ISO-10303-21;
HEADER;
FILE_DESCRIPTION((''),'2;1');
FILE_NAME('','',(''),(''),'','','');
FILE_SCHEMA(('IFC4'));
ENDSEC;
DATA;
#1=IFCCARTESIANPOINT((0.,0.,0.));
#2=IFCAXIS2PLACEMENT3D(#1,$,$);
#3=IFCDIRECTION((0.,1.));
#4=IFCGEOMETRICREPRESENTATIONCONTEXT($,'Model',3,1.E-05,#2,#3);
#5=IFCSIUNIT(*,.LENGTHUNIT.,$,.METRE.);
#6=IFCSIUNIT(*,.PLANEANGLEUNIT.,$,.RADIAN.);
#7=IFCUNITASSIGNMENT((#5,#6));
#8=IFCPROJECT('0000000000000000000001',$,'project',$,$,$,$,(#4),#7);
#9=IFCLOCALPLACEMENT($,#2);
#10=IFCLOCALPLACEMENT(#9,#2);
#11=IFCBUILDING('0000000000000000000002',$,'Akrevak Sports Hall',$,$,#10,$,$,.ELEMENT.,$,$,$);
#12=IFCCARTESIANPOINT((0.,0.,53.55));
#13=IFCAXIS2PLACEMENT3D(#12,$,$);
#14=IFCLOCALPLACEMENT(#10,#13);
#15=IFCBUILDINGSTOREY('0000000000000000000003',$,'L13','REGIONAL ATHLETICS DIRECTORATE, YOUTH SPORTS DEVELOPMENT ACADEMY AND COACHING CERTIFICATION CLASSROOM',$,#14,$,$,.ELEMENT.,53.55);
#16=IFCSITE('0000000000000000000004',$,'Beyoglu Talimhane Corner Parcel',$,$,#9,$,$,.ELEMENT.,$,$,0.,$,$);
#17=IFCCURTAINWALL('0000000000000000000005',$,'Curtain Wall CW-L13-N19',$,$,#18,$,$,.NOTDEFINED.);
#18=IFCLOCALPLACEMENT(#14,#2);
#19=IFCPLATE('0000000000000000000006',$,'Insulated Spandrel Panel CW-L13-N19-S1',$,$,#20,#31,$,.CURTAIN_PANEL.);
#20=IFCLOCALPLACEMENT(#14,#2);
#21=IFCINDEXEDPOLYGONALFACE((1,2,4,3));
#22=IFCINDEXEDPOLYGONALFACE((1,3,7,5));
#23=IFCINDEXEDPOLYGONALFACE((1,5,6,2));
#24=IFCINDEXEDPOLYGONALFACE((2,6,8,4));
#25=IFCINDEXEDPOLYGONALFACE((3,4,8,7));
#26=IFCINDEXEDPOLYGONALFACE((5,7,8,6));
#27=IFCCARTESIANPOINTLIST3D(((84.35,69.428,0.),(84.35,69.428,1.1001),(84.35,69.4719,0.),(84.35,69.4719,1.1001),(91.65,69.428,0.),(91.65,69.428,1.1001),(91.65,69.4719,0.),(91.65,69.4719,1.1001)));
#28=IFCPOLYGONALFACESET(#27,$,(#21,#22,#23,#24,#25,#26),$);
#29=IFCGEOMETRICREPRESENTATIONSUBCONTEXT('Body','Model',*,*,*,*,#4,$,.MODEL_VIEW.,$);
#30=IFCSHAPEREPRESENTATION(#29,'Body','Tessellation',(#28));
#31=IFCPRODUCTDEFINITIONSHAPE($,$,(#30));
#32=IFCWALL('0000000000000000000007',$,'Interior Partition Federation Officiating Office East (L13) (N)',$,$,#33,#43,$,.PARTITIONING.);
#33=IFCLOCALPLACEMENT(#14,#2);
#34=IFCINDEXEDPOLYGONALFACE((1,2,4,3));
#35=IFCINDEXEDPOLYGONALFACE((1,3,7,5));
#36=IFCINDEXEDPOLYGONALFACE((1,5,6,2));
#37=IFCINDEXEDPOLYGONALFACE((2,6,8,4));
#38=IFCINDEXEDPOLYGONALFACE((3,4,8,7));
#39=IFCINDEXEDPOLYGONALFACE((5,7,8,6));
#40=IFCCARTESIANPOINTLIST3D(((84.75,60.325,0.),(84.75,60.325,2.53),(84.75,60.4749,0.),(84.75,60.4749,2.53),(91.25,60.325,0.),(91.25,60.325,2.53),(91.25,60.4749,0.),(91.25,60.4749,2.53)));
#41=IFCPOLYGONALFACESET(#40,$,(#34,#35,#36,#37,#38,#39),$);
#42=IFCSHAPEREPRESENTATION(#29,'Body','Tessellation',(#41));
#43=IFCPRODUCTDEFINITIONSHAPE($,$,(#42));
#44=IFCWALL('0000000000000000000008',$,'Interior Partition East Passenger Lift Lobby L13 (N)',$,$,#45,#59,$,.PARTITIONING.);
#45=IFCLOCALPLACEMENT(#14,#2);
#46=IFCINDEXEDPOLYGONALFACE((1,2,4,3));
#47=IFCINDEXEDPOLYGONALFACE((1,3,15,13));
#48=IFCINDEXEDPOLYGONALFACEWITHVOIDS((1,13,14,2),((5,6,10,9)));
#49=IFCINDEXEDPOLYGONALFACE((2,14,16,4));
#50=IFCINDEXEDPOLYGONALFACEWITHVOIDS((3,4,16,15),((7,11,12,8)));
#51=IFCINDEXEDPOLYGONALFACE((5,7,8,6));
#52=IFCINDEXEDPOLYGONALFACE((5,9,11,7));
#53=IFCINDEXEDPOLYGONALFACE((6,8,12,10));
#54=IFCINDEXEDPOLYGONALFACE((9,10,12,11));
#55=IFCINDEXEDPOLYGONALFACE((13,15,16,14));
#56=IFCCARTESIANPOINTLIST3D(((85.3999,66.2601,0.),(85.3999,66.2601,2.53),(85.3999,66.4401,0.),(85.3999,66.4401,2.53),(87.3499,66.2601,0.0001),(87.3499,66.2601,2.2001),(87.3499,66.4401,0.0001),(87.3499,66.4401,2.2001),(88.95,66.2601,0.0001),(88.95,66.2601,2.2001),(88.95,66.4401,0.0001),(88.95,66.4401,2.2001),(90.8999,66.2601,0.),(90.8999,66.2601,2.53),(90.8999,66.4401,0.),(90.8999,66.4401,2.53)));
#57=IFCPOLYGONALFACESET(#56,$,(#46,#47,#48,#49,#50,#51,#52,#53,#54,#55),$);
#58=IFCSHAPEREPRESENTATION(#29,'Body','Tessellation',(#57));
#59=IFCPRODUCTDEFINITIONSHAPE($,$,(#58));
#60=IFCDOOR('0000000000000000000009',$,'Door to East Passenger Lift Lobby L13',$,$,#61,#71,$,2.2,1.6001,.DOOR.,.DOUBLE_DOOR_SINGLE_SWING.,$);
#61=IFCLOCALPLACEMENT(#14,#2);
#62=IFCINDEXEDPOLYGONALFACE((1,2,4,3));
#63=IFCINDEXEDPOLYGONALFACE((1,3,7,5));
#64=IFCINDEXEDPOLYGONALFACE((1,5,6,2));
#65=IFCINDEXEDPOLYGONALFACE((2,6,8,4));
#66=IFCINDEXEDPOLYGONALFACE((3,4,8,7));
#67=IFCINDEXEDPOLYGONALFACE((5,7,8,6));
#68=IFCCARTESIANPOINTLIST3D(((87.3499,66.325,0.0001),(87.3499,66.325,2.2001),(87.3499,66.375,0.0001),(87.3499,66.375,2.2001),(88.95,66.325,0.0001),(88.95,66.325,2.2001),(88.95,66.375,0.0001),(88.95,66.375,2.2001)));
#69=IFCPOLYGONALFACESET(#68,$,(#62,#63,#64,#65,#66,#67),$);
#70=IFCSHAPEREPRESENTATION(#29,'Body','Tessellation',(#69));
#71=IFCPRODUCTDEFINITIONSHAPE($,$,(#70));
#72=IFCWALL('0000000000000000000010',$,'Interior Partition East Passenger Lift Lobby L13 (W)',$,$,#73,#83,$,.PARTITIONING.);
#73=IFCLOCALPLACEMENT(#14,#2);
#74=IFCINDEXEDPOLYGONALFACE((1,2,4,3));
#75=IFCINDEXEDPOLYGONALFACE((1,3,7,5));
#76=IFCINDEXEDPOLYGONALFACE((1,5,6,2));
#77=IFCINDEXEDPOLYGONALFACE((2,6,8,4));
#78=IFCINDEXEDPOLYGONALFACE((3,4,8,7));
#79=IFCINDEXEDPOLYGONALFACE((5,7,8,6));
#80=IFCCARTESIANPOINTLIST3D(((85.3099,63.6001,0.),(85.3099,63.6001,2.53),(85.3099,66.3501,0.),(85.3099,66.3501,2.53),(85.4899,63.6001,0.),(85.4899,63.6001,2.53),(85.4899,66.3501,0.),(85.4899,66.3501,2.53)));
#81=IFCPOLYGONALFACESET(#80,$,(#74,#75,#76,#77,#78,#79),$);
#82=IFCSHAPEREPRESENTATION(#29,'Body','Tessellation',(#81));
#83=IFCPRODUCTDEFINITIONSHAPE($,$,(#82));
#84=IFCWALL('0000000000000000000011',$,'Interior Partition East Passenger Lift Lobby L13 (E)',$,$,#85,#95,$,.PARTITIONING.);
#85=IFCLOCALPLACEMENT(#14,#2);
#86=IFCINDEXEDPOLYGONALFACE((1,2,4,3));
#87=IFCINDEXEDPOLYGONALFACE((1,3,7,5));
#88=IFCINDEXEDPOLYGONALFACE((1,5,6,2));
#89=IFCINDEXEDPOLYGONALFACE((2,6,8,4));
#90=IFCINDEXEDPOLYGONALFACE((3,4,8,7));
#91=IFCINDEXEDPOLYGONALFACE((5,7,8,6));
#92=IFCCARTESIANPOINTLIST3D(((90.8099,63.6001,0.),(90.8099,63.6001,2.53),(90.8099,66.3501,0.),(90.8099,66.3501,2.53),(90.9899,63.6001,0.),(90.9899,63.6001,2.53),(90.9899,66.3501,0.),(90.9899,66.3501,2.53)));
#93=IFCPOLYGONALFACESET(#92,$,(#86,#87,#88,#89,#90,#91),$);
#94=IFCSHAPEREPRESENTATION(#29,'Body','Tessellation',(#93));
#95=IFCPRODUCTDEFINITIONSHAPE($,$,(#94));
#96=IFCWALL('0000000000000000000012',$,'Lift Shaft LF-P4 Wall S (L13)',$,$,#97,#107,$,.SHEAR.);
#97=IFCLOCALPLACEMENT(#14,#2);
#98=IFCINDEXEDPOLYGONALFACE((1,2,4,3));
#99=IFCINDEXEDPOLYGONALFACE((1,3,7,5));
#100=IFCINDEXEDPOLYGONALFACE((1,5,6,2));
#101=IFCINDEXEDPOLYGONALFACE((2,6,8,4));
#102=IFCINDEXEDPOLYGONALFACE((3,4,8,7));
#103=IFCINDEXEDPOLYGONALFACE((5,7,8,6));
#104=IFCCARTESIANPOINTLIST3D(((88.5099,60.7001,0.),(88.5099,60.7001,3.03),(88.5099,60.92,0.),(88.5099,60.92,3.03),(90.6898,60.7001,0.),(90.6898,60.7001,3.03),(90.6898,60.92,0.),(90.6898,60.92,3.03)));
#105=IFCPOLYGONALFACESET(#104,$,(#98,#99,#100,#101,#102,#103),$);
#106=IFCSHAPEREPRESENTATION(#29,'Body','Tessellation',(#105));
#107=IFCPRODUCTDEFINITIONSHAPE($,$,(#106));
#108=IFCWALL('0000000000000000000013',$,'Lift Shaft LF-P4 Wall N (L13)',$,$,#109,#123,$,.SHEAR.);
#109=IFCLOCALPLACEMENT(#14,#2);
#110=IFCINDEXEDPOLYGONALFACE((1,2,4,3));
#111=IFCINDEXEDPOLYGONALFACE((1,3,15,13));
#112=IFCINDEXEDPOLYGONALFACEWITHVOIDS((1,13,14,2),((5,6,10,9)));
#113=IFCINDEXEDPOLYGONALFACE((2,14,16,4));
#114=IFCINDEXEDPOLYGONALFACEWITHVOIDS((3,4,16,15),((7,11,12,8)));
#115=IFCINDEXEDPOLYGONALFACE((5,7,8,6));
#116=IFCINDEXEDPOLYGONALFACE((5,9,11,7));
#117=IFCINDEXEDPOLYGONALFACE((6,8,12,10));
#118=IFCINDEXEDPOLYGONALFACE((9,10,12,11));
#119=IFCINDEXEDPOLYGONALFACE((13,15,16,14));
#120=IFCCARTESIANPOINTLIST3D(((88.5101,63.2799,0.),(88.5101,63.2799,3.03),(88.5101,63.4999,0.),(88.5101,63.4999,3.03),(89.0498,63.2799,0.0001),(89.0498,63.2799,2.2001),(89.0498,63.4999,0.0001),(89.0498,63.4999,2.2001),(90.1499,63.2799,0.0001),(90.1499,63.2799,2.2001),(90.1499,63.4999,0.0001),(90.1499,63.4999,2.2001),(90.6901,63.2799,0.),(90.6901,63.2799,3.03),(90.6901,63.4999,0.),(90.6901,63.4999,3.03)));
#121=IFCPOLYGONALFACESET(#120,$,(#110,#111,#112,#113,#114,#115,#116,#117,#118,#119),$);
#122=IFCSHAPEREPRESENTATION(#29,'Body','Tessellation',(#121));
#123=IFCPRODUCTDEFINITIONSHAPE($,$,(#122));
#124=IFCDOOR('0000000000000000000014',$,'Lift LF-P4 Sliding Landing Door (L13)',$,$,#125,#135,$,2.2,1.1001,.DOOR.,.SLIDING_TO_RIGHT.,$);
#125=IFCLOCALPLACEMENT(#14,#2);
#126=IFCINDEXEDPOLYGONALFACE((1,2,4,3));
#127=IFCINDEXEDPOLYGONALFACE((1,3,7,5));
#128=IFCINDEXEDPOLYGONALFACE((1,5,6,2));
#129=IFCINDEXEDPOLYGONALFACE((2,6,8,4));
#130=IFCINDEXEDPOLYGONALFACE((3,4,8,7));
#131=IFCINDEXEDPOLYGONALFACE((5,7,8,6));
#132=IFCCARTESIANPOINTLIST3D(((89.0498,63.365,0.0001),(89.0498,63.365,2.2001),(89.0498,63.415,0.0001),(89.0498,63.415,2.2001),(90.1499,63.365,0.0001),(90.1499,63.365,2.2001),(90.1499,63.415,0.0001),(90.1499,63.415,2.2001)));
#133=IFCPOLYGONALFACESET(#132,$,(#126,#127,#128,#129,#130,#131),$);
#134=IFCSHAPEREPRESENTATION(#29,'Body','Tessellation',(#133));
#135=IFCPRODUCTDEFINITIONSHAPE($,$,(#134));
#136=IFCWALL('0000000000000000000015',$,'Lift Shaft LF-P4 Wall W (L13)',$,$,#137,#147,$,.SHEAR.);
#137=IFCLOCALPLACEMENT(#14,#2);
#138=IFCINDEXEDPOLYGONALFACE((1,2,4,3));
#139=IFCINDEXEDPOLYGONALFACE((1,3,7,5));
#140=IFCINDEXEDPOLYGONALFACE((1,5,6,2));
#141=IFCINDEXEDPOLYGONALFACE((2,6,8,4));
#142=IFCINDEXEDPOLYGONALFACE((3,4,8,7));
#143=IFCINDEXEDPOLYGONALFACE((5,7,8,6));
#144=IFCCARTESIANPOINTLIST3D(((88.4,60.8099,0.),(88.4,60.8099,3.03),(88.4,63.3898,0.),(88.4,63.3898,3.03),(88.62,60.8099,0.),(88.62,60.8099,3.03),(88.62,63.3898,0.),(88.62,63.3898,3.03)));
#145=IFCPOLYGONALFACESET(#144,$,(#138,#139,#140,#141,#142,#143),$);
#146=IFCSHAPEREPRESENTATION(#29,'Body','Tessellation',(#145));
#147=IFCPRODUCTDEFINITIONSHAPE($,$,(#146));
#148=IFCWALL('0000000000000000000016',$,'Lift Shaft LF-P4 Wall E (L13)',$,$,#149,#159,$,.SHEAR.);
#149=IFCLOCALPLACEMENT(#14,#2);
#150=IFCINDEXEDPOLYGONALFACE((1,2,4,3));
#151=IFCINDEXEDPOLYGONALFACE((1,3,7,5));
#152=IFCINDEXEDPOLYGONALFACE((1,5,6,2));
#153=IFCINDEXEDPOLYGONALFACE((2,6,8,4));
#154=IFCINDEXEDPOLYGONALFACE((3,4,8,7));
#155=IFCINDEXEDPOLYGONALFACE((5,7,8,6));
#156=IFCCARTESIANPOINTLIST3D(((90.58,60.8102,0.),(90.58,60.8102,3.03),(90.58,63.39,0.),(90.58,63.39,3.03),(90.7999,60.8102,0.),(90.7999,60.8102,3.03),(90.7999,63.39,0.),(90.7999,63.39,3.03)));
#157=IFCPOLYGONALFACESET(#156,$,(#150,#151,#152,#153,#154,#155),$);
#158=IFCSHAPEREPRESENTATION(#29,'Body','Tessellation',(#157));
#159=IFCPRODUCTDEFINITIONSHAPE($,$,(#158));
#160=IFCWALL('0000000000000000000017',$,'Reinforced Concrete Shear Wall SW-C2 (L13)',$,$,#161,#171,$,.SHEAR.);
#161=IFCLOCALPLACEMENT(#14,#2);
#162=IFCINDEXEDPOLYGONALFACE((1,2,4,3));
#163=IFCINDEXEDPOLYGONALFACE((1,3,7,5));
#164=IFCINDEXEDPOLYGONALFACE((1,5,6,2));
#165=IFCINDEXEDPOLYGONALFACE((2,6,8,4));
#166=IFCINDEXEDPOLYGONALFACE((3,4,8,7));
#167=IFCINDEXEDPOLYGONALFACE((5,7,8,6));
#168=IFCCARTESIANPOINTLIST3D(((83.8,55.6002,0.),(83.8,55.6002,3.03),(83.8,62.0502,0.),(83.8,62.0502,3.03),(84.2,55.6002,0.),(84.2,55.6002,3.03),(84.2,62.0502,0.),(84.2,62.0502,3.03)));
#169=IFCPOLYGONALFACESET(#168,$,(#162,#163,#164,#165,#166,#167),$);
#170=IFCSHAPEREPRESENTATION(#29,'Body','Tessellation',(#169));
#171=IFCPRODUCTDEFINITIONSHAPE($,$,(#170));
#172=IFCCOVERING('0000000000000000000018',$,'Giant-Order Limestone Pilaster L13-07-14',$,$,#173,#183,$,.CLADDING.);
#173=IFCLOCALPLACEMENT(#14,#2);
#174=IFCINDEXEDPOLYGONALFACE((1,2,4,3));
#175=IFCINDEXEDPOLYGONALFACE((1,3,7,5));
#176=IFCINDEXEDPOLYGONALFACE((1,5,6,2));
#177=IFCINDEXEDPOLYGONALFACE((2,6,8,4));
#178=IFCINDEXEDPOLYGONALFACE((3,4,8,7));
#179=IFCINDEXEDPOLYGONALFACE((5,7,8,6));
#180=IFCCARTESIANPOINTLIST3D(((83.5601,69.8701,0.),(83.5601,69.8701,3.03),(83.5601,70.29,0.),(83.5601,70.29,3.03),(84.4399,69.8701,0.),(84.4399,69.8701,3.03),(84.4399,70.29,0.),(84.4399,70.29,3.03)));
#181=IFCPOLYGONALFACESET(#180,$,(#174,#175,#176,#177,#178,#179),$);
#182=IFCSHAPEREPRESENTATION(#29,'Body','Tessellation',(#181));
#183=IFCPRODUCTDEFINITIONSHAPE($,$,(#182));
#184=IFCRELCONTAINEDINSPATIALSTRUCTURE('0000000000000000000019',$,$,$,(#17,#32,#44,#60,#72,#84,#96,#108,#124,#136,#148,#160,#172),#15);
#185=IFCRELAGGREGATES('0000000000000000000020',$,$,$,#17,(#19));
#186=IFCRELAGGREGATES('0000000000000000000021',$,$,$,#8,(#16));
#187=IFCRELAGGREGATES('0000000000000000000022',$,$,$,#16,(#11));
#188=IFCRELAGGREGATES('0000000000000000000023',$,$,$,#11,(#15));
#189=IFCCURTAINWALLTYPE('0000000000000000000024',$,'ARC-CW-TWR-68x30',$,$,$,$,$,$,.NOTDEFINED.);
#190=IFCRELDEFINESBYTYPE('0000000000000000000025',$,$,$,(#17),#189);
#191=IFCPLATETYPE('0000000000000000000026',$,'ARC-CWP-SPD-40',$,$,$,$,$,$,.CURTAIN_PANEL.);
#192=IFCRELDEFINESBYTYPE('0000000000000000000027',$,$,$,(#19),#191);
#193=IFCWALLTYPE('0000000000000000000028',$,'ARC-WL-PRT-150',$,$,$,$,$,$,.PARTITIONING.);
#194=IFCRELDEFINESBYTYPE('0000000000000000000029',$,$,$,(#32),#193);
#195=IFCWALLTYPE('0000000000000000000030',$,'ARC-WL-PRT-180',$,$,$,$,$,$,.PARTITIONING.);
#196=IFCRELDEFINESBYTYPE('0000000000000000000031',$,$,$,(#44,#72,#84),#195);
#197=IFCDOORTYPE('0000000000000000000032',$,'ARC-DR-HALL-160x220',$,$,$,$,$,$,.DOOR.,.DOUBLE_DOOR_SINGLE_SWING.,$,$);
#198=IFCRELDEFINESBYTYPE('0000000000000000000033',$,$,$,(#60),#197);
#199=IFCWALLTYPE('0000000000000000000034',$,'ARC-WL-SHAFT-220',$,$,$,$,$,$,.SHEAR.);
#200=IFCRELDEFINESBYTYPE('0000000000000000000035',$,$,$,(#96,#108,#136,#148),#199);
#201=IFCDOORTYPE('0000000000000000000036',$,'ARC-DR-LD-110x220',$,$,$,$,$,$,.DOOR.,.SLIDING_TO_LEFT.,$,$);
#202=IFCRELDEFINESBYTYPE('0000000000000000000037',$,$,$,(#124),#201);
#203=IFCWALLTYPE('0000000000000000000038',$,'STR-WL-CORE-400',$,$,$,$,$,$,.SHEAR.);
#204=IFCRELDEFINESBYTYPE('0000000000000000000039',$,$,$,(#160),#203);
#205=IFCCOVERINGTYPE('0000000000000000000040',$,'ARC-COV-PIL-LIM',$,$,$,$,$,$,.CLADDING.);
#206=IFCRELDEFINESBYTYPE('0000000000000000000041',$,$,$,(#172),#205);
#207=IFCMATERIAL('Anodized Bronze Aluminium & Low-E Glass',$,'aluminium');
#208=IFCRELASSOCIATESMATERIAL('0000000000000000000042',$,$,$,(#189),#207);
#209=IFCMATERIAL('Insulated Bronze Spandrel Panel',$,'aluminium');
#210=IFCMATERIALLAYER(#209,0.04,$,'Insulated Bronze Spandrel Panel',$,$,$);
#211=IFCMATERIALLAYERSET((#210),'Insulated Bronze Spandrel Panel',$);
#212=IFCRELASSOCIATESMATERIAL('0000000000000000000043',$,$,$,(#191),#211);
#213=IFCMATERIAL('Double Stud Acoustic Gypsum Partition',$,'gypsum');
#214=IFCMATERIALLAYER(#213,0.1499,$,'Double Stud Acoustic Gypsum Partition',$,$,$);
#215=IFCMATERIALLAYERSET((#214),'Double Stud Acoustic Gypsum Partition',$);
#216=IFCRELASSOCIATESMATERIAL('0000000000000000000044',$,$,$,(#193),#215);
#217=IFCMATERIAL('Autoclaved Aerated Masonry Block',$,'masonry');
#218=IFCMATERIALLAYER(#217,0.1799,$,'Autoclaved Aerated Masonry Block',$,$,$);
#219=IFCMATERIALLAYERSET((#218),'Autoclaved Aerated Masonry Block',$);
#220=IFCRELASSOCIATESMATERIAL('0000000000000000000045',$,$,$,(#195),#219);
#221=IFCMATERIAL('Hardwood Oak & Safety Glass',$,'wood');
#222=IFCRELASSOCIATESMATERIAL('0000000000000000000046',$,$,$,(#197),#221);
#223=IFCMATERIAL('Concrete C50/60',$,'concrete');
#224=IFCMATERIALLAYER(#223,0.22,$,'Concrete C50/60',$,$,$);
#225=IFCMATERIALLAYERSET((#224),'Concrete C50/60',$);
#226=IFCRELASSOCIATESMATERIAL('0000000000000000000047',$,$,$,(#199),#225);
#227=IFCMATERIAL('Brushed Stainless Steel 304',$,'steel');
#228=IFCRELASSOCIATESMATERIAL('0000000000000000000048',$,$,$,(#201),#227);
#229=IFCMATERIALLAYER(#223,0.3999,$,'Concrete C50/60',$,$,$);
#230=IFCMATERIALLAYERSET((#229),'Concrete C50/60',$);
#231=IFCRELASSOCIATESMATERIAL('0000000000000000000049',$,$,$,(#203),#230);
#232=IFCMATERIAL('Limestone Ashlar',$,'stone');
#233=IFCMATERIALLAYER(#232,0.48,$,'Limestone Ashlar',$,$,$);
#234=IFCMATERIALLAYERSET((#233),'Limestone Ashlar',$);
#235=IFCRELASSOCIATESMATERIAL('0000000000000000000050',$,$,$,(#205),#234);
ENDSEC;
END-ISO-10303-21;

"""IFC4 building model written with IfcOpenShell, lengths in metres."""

from ifc_helpers import new_model, si_unit, direction, frame, frame_2d, origin, origin_2d, place, context, subcontext, project, spatial, rectangle, extrude, material, layer, layer_set, type_object, element, fill, aggregate, save


model = new_model("IFC4")

# Units and contexts
model_context = context("Model", 3, precision=1e-05, world=origin(), true_north=direction((0.0, 1.0)))
body_context = subcontext(model_context, "Body", "Model", "MODEL_VIEW")
ifc_project = project(units=[si_unit("LENGTHUNIT", "METRE"), si_unit("PLANEANGLEUNIT", "RADIAN")], contexts=[model_context])

# Site, building, storey
site_placement = place(None, origin())
site = spatial("IfcSite", under=ifc_project, at=site_placement, Name="Beyoglu Talimhane Corner Parcel", CompositionType="ELEMENT", RefElevation=0.0)
building_placement = place(site_placement, origin())
building = spatial("IfcBuilding", under=site, at=building_placement, Name="Akrevak Sports Hall", CompositionType="ELEMENT")
storey_placement = place(building_placement, frame((0.0, 0.0, 53.55)))
storey = spatial("IfcBuildingStorey", under=building, at=storey_placement, Name="L13", Description="REGIONAL ATHLETICS DIRECTORATE, YOUTH SPORTS DEVELOPMENT ACADEMY AND COACHING CERTIFICATION CLASSROOM", CompositionType="ELEMENT", Elevation=53.55)

# Curtain wall
ifc_material_1 = material(Name="Anodized Bronze Aluminium & Low-E Glass", Category="aluminium")
curtain_wall_type = type_object("IfcCurtainWallType", Name="ARC-CW-TWR-68x30", PredefinedType="NOTDEFINED", material=ifc_material_1)
curtain_wall_1_placement = place(storey_placement, origin())
curtain_wall_1 = element("IfcCurtainWall", 1, at=curtain_wall_1_placement, inside=storey, type_object=curtain_wall_type, Name="Curtain Wall CW-L13-N19", PredefinedType="NOTDEFINED")

# Plate
ifc_material_2 = material(Name="Insulated Bronze Spandrel Panel", Category="aluminium")
ifc_layer_1 = layer(ifc_material_2, 0.04, Name="Insulated Bronze Spandrel Panel")
ifc_layer_set_1 = layer_set([ifc_layer_1], Name="Insulated Bronze Spandrel Panel")
plate_type_1 = type_object("IfcPlateType", Name="ARC-CWP-SPD-40", PredefinedType="CURTAIN_PANEL", material=ifc_layer_set_1)
plate_1_placement = place(storey_placement, frame((88.0, 69.45, 0.0), z_axis=(0.0, 0.0, 1.0), x_axis=(-1.0, 0.0, 0.0)))
plate_1 = element("IfcPlate", 2, at=plate_1_placement, type_object=plate_type_1, Name="Insulated Spandrel Panel CW-L13-N19-S1", PredefinedType="CURTAIN_PANEL", context=body_context, shape_type="SweptSolid", body=[
    extrude(rectangle(XDim=7.3, YDim=0.0439, at=origin_2d()), origin(), (0.0, 0.0, 1.0), 1.1001),
])
aggregate(curtain_wall_1, [plate_1])

# Wall
ifc_material_3 = material(Name="Double Stud Acoustic Gypsum Partition", Category="gypsum")
ifc_layer_2 = layer(ifc_material_3, 0.1499, Name="Double Stud Acoustic Gypsum Partition")
ifc_layer_set_2 = layer_set([ifc_layer_2], Name="Double Stud Acoustic Gypsum Partition")
wall_type_1 = type_object("IfcWallType", Name="ARC-WL-PRT-150", PredefinedType="PARTITIONING", material=ifc_layer_set_2)
wall_1_placement = place(storey_placement, frame((84.75, 60.3999, 0.0), z_axis=(0.0, 0.0, 1.0), x_axis=(1.0, 0.0, 0.0)))
element("IfcWall", 3, at=wall_1_placement, inside=storey, type_object=wall_type_1, Name="Interior Partition Federation Officiating Office East (L13) (N)", PredefinedType="PARTITIONING", context=body_context, shape_type="SweptSolid", body=[
    extrude(rectangle(XDim=6.5, YDim=0.1499, at=frame_2d((3.25, 0.0))), origin(), (0.0, 0.0, 1.0), 2.53),
])

# Wall, opening, door
ifc_material_4 = material(Name="Autoclaved Aerated Masonry Block", Category="masonry")
ifc_layer_3 = layer(ifc_material_4, 0.1799, Name="Autoclaved Aerated Masonry Block")
ifc_layer_set_3 = layer_set([ifc_layer_3], Name="Autoclaved Aerated Masonry Block")
wall_type_2 = type_object("IfcWallType", Name="ARC-WL-PRT-180", PredefinedType="PARTITIONING", material=ifc_layer_set_3)
wall_2_placement = place(storey_placement, frame((85.3999, 66.3501, 0.0), z_axis=(0.0, 0.0, 1.0), x_axis=(1.0, 0.0, 0.0)))
wall_2 = element("IfcWall", 4, at=wall_2_placement, inside=storey, type_object=wall_type_2, Name="Interior Partition East Passenger Lift Lobby L13 (N)", PredefinedType="PARTITIONING", context=body_context, shape_type="SweptSolid", body=[
    extrude(rectangle(XDim=5.5, YDim=0.1799, at=frame_2d((2.75, 0.0))), origin(), (0.0, 0.0, 1.0), 2.53),
])
opening_1_placement = place(wall_2_placement, frame((1.95, 0.0, 0.0)))
opening_1 = element("IfcOpeningElement", 5, at=opening_1_placement, cuts=wall_2, PredefinedType="OPENING", context=body_context, shape_type="SweptSolid", body=[
    extrude(rectangle(XDim=1.6001, YDim=2.2, at=frame_2d((0.8, 1.1001))), frame((0.0, 0.1021, 0.0), z_axis=(0.0, -1.0, 0.0), x_axis=(1.0, 0.0, 0.0)), (0.0, 0.0, 1.0), 0.2039),
])
ifc_material_5 = material(Name="Hardwood Oak & Safety Glass", Category="wood")
door_type_1 = type_object("IfcDoorType", Name="ARC-DR-HALL-160x220", OperationType="DOUBLE_DOOR_SINGLE_SWING", PredefinedType="DOOR", material=ifc_material_5)
door_1_placement = place(opening_1_placement, origin())
door_1 = element("IfcDoor", 6, at=door_1_placement, inside=storey, type_object=door_type_1, Name="Door to East Passenger Lift Lobby L13", OperationType="DOUBLE_DOOR_SINGLE_SWING", OverallHeight=2.2, OverallWidth=1.6001, PredefinedType="DOOR", context=body_context, shape_type="SweptSolid", body=[
    extrude(rectangle(XDim=1.6001, YDim=2.2, at=frame_2d((0.8, 1.1001))), frame((0.0, 0.0249, 0.0), z_axis=(0.0, -1.0, 0.0), x_axis=(1.0, 0.0, 0.0)), (0.0, 0.0, 1.0), 0.05),
])
fill(opening_1, door_1)

# Walls
for number, where, z_axis, x_axis, name in (
    (7, (85.3999, 63.6001, 0.0), (0.0, 0.0, 1.0), (0.0, 1.0, 0.0), "Interior Partition East Passenger Lift Lobby L13 (W)"),
    (8, (90.8999, 63.6001, 0.0), (0.0, 0.0, 1.0), (0.0, 1.0, 0.0), "Interior Partition East Passenger Lift Lobby L13 (E)"),
):
    element("IfcWall", number, at=place(storey_placement, frame(where, z_axis=z_axis, x_axis=x_axis)), inside=storey, type_object=wall_type_2, Name=name, PredefinedType="PARTITIONING", context=body_context, shape_type="SweptSolid", body=[
        extrude(rectangle(XDim=2.75, YDim=0.1799, at=frame_2d((1.375, 0.0))), origin(), (0.0, 0.0, 1.0), 2.53),
    ])
ifc_material_6 = material(Name="Concrete C50/60", Category="concrete")
ifc_layer_4 = layer(ifc_material_6, 0.22, Name="Concrete C50/60")
ifc_layer_set_4 = layer_set([ifc_layer_4], Name="Concrete C50/60")
wall_type_3 = type_object("IfcWallType", Name="ARC-WL-SHAFT-220", PredefinedType="SHEAR", material=ifc_layer_set_4)
wall_3_placement = place(storey_placement, frame((88.51, 60.8101, 0.0), z_axis=(0.0, 0.0, 1.0), x_axis=(1.0, 0.0, 0.0)))
element("IfcWall", 9, at=wall_3_placement, inside=storey, type_object=wall_type_3, Name="Lift Shaft LF-P4 Wall S (L13)", PredefinedType="SHEAR", context=body_context, shape_type="SweptSolid", body=[
    extrude(rectangle(XDim=2.1799, YDim=0.22, at=frame_2d((1.0898, 0.0))), origin(), (0.0, 0.0, 1.0), 3.03),
])

# Wall, opening, door
wall_4_placement = place(storey_placement, frame((90.6899, 63.3899, 0.0), z_axis=(0.0, 0.0, 1.0), x_axis=(-1.0, 0.0, 0.0)))
wall_4 = element("IfcWall", 10, at=wall_4_placement, inside=storey, type_object=wall_type_3, Name="Lift Shaft LF-P4 Wall N (L13)", PredefinedType="SHEAR", context=body_context, shape_type="SweptSolid", body=[
    extrude(rectangle(XDim=2.1799, YDim=0.22, at=frame_2d((1.0898, 0.0))), origin(), (0.0, 0.0, 1.0), 3.03),
])
opening_2_placement = place(wall_4_placement, frame((0.54, 0.0, 0.0)))
opening_2 = element("IfcOpeningElement", 11, at=opening_2_placement, cuts=wall_4, PredefinedType="OPENING", context=body_context, shape_type="SweptSolid", body=[
    extrude(rectangle(XDim=1.1001, YDim=2.2, at=frame_2d((0.55, 1.1001))), frame((0.0, 0.1221, 0.0), z_axis=(0.0, -1.0, 0.0), x_axis=(1.0, 0.0, 0.0)), (0.0, 0.0, 1.0), 0.2439),
])
ifc_material_7 = material(Name="Brushed Stainless Steel 304", Category="steel")
door_type_2 = type_object("IfcDoorType", Name="ARC-DR-LD-110x220", OperationType="SLIDING_TO_LEFT", PredefinedType="DOOR", material=ifc_material_7)
door_2_placement = place(opening_2_placement, origin())
door_2 = element("IfcDoor", 12, at=door_2_placement, inside=storey, type_object=door_type_2, Name="Lift LF-P4 Sliding Landing Door (L13)", OperationType="SLIDING_TO_RIGHT", OverallHeight=2.2, OverallWidth=1.1001, PredefinedType="DOOR", context=body_context, shape_type="SweptSolid", body=[
    extrude(rectangle(XDim=1.1001, YDim=2.2, at=frame_2d((0.55, 1.1001))), frame((0.0, 0.0249, 0.0), z_axis=(0.0, -1.0, 0.0), x_axis=(1.0, 0.0, 0.0)), (0.0, 0.0, 1.0), 0.05),
])
fill(opening_2, door_2)

# Walls
for number, where, z_axis, x_axis, name in (
    (13, (88.51, 63.3899, 0.0), (0.0, 0.0, 1.0), (0.0, -1.0, 0.0), "Lift Shaft LF-P4 Wall W (L13)"),
    (14, (90.6899, 60.8101, 0.0), (0.0, 0.0, 1.0), (0.0, 1.0, 0.0), "Lift Shaft LF-P4 Wall E (L13)"),
):
    element("IfcWall", number, at=place(storey_placement, frame(where, z_axis=z_axis, x_axis=x_axis)), inside=storey, type_object=wall_type_3, Name=name, PredefinedType="SHEAR", context=body_context, shape_type="SweptSolid", body=[
        extrude(rectangle(XDim=2.5798, YDim=0.22, at=frame_2d((1.29, 0.0))), origin(), (0.0, 0.0, 1.0), 3.03),
    ])
ifc_layer_5 = layer(ifc_material_6, 0.3999, Name="Concrete C50/60")
ifc_layer_set_5 = layer_set([ifc_layer_5], Name="Concrete C50/60")
wall_type_4 = type_object("IfcWallType", Name="STR-WL-CORE-400", PredefinedType="SHEAR", material=ifc_layer_set_5)
wall_5_placement = place(storey_placement, frame((84.0, 55.6001, 0.0), z_axis=(0.0, 0.0, 1.0), x_axis=(0.0, 1.0, 0.0)))
element("IfcWall", 15, at=wall_5_placement, inside=storey, type_object=wall_type_4, Name="Reinforced Concrete Shear Wall SW-C2 (L13)", PredefinedType="SHEAR", context=body_context, shape_type="SweptSolid", body=[
    extrude(rectangle(XDim=6.45, YDim=0.3999, at=frame_2d((3.2251, 0.0))), origin(), (0.0, 0.0, 1.0), 3.03),
])

# Covering
ifc_material_8 = material(Name="Limestone Ashlar", Category="stone")
ifc_layer_6 = layer(ifc_material_8, 0.48, Name="Limestone Ashlar")
ifc_layer_set_6 = layer_set([ifc_layer_6], Name="Limestone Ashlar")
covering_type = type_object("IfcCoveringType", Name="ARC-COV-PIL-LIM", PredefinedType="CLADDING", material=ifc_layer_set_6)
covering_placement = place(storey_placement, frame((84.0, 70.0801, 0.0), z_axis=(0.0, 0.0, 1.0), x_axis=(-1.0, 0.0, 0.0)))
element("IfcCovering", 16, at=covering_placement, inside=storey, type_object=covering_type, Name="Giant-Order Limestone Pilaster L13-07-14", PredefinedType="CLADDING", context=body_context, shape_type="SweptSolid", body=[
    extrude(rectangle(XDim=0.8799, YDim=0.4199, at=origin_2d()), origin(), (0.0, 0.0, 1.0), 3.03),
])

save(model, "model.ifc")
